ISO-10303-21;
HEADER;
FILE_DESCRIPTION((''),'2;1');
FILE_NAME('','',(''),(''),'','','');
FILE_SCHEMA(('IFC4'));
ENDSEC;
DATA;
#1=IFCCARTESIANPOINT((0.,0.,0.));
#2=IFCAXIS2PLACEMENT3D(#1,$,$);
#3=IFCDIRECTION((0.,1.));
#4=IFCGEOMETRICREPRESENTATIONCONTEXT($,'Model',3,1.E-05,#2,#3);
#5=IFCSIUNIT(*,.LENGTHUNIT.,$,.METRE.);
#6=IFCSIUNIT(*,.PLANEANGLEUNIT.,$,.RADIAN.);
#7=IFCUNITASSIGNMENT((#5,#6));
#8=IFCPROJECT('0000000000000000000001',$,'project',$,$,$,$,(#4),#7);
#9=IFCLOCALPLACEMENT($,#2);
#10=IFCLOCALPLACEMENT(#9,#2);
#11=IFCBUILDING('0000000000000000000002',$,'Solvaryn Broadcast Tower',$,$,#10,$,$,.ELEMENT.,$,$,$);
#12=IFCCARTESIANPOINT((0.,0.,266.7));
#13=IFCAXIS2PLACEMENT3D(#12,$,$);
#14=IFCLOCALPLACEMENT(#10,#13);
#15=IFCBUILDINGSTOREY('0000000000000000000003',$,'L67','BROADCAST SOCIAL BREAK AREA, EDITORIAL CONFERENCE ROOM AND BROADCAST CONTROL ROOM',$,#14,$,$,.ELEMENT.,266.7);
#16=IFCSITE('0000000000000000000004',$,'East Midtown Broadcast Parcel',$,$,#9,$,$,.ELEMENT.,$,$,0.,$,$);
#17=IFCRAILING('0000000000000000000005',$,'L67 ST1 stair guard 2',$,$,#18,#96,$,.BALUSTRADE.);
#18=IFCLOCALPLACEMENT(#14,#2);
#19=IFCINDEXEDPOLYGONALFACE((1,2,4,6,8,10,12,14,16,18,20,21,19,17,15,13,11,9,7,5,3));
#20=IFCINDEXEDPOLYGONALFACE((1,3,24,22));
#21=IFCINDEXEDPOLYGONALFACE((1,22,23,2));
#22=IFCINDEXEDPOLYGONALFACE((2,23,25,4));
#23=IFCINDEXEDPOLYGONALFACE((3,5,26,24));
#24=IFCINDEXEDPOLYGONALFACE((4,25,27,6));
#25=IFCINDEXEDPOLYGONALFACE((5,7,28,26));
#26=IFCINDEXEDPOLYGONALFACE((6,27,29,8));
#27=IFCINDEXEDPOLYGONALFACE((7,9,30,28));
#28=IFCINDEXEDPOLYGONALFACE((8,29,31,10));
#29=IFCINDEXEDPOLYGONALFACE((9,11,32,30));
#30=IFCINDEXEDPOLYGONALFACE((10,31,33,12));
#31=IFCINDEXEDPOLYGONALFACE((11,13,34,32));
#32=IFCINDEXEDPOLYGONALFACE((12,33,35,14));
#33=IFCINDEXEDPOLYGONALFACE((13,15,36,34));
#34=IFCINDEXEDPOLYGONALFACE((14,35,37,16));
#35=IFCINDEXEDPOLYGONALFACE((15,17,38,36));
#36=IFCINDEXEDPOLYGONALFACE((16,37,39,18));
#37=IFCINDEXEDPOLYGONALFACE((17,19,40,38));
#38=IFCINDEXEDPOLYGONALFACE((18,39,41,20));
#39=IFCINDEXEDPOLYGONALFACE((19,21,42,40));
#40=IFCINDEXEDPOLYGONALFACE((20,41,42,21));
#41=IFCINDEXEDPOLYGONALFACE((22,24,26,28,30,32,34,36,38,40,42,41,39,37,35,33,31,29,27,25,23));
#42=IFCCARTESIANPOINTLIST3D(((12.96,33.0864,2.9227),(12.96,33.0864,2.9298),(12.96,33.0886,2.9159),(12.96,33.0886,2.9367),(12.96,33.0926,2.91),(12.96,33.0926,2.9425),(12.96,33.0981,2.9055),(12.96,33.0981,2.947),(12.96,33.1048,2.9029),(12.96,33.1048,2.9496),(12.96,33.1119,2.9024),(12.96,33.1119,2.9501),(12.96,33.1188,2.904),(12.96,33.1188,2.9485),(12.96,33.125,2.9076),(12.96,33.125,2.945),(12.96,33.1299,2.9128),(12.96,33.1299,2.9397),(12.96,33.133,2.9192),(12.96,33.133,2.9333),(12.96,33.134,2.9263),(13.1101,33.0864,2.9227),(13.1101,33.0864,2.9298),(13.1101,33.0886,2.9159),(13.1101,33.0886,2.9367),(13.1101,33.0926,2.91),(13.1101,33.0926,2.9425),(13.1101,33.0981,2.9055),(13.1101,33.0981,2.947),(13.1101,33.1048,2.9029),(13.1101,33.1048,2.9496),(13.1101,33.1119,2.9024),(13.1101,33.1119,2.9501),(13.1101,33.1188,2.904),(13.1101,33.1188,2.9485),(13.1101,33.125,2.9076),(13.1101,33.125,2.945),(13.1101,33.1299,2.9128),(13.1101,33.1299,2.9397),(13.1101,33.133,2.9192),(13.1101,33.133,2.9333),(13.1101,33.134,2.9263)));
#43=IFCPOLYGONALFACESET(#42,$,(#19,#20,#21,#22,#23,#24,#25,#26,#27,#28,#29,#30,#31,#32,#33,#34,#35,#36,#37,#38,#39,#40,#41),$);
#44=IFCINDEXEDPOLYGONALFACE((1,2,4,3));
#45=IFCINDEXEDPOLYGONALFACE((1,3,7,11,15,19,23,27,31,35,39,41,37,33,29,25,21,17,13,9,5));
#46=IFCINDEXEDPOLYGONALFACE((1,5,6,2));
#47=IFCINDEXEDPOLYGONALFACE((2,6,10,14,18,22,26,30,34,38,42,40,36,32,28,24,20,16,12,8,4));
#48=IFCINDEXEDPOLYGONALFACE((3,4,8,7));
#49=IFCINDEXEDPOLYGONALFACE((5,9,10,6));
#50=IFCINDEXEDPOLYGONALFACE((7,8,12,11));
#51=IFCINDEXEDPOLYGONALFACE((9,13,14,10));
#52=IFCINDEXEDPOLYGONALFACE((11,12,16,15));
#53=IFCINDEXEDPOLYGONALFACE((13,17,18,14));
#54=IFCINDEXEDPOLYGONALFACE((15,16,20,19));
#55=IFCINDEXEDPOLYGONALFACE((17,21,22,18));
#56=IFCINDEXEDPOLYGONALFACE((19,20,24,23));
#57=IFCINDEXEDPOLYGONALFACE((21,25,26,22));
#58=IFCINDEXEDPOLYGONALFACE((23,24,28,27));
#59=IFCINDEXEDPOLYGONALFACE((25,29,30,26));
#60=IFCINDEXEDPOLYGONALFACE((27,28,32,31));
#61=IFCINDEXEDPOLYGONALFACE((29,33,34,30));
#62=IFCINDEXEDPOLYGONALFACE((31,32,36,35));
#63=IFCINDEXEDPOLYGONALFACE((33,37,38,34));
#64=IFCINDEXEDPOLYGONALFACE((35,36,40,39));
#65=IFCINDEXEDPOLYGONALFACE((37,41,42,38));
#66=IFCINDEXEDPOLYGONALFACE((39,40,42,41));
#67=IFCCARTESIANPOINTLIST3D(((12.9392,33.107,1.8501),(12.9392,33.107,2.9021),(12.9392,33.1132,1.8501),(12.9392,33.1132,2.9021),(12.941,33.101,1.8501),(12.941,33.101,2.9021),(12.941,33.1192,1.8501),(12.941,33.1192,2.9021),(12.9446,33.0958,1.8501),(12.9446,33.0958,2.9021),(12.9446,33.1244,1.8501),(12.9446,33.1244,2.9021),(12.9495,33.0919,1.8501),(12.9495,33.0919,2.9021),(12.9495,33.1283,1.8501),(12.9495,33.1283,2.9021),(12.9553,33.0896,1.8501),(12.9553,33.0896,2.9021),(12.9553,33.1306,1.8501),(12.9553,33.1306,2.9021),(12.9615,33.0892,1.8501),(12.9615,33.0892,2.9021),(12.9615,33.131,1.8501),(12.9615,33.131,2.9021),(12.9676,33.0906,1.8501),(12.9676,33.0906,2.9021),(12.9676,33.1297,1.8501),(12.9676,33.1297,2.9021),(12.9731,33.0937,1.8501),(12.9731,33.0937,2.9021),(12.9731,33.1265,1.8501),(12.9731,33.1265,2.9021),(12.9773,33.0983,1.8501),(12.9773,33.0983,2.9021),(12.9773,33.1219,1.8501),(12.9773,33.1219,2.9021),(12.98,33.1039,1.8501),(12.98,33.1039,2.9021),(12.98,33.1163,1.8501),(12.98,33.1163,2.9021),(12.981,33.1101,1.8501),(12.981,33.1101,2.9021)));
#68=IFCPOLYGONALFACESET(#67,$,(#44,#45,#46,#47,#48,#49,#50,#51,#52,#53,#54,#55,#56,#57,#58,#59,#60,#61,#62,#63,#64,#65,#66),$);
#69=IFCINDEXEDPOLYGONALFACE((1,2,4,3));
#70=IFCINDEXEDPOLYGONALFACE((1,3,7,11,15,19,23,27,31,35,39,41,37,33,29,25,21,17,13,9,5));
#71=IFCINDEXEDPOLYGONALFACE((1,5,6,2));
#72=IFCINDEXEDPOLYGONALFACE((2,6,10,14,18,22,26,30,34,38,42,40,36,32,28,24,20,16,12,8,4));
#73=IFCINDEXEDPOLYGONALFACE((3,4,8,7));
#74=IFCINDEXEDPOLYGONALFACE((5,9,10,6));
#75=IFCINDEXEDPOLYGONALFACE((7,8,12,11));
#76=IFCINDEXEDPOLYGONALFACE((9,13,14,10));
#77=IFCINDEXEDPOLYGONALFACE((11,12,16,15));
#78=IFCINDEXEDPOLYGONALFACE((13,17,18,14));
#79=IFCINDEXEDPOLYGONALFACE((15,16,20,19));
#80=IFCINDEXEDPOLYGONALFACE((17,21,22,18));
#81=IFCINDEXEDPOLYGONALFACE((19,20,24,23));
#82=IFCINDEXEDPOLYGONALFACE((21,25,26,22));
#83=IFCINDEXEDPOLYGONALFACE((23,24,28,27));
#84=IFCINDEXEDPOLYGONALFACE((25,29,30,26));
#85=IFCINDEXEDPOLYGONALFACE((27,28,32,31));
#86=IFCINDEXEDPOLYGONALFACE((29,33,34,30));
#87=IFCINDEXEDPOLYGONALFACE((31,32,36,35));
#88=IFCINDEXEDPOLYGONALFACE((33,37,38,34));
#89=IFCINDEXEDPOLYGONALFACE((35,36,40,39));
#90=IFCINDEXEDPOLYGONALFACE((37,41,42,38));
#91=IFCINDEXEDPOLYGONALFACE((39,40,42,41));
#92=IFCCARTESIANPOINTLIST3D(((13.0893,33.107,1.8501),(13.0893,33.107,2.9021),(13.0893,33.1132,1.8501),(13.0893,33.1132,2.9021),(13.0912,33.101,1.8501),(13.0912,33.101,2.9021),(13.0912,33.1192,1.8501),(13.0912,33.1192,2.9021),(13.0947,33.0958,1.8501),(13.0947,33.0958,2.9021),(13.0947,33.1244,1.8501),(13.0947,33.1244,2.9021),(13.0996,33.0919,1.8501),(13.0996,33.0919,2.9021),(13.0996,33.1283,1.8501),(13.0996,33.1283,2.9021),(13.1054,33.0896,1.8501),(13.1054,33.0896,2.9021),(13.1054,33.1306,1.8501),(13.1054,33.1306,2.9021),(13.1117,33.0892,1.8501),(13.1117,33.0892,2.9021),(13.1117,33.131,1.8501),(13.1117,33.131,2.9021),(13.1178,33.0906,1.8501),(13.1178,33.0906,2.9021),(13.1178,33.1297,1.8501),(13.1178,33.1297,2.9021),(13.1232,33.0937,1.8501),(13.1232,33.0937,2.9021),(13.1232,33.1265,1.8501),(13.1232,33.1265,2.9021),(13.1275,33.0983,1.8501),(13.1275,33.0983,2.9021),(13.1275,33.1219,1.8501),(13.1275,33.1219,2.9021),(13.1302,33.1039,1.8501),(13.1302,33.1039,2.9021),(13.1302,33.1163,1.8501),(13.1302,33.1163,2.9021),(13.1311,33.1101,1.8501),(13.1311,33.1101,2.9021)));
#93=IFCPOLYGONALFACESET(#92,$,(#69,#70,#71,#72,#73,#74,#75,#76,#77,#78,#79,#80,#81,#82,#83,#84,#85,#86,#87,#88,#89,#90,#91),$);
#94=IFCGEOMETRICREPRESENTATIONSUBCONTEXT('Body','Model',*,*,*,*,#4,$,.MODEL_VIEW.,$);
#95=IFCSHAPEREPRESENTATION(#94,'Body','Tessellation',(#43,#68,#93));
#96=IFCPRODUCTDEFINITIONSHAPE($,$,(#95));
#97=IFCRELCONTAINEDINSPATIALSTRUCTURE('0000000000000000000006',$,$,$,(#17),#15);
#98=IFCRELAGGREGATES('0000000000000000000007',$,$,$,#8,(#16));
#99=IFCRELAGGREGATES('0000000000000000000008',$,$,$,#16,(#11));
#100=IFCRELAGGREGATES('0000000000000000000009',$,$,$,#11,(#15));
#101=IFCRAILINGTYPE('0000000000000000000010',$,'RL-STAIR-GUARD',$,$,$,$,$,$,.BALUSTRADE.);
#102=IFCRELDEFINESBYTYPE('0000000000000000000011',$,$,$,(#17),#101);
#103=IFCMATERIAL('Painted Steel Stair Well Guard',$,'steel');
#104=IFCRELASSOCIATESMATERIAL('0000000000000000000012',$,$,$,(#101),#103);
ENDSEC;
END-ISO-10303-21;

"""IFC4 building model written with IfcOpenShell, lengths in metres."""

from ifc_helpers import new_model, si_unit, direction, frame, origin, origin_2d, place, context, subcontext, project, spatial, circle, extrude, material, type_object, element, save


model = new_model("IFC4")

# Units and contexts
model_context = context("Model", 3, precision=1e-05, world=origin(), true_north=direction((0.0, 1.0)))
body_context = subcontext(model_context, "Body", "Model", "MODEL_VIEW")
ifc_project = project(units=[si_unit("LENGTHUNIT", "METRE"), si_unit("PLANEANGLEUNIT", "RADIAN")], contexts=[model_context])

# Site, building, storey
site_placement = place(None, origin())
site = spatial("IfcSite", under=ifc_project, at=site_placement, Name="East Midtown Broadcast Parcel", CompositionType="ELEMENT", RefElevation=0.0)
building_placement = place(site_placement, origin())
building = spatial("IfcBuilding", under=site, at=building_placement, Name="Solvaryn Broadcast Tower", CompositionType="ELEMENT")
storey_placement = place(building_placement, frame((0.0, 0.0, 266.7)))
storey = spatial("IfcBuildingStorey", under=building, at=storey_placement, Name="L67", Description="BROADCAST SOCIAL BREAK AREA, EDITORIAL CONFERENCE ROOM AND BROADCAST CONTROL ROOM", CompositionType="ELEMENT", Elevation=266.7)

# Railing
ifc_material_1 = material(Name="Painted Steel Stair Well Guard", Category="steel")
railing_type_1 = type_object("IfcRailingType", Name="RL-STAIR-GUARD", PredefinedType="BALUSTRADE", material=ifc_material_1)
railing_1_placement = place(storey_placement, frame((12.96, 33.1101, 1.8501)))
element("IfcRailing", 1, at=railing_1_placement, inside=storey, type_object=railing_type_1, Name="L67 ST1 stair guard 2", PredefinedType="BALUSTRADE", context=body_context, shape_type="SweptSolid", body=[
    extrude(circle(Radius=0.0239, at=origin_2d()), frame((0.0, 0.0, 1.0762), z_axis=(1.0, 0.0, 0.0), x_axis=(0.0, 1.0, 0.0)), (0.0, 0.0, 1.0), 0.1501),
    extrude(circle(Radius=0.021, at=origin_2d()), origin(), (0.0, 0.0, 1.0), 1.052),
    extrude(circle(Radius=0.021, at=origin_2d()), frame((0.1501, 0.0, 0.0)), (0.0, 0.0, 1.0), 1.052),
])

save(model, "model.ifc")
